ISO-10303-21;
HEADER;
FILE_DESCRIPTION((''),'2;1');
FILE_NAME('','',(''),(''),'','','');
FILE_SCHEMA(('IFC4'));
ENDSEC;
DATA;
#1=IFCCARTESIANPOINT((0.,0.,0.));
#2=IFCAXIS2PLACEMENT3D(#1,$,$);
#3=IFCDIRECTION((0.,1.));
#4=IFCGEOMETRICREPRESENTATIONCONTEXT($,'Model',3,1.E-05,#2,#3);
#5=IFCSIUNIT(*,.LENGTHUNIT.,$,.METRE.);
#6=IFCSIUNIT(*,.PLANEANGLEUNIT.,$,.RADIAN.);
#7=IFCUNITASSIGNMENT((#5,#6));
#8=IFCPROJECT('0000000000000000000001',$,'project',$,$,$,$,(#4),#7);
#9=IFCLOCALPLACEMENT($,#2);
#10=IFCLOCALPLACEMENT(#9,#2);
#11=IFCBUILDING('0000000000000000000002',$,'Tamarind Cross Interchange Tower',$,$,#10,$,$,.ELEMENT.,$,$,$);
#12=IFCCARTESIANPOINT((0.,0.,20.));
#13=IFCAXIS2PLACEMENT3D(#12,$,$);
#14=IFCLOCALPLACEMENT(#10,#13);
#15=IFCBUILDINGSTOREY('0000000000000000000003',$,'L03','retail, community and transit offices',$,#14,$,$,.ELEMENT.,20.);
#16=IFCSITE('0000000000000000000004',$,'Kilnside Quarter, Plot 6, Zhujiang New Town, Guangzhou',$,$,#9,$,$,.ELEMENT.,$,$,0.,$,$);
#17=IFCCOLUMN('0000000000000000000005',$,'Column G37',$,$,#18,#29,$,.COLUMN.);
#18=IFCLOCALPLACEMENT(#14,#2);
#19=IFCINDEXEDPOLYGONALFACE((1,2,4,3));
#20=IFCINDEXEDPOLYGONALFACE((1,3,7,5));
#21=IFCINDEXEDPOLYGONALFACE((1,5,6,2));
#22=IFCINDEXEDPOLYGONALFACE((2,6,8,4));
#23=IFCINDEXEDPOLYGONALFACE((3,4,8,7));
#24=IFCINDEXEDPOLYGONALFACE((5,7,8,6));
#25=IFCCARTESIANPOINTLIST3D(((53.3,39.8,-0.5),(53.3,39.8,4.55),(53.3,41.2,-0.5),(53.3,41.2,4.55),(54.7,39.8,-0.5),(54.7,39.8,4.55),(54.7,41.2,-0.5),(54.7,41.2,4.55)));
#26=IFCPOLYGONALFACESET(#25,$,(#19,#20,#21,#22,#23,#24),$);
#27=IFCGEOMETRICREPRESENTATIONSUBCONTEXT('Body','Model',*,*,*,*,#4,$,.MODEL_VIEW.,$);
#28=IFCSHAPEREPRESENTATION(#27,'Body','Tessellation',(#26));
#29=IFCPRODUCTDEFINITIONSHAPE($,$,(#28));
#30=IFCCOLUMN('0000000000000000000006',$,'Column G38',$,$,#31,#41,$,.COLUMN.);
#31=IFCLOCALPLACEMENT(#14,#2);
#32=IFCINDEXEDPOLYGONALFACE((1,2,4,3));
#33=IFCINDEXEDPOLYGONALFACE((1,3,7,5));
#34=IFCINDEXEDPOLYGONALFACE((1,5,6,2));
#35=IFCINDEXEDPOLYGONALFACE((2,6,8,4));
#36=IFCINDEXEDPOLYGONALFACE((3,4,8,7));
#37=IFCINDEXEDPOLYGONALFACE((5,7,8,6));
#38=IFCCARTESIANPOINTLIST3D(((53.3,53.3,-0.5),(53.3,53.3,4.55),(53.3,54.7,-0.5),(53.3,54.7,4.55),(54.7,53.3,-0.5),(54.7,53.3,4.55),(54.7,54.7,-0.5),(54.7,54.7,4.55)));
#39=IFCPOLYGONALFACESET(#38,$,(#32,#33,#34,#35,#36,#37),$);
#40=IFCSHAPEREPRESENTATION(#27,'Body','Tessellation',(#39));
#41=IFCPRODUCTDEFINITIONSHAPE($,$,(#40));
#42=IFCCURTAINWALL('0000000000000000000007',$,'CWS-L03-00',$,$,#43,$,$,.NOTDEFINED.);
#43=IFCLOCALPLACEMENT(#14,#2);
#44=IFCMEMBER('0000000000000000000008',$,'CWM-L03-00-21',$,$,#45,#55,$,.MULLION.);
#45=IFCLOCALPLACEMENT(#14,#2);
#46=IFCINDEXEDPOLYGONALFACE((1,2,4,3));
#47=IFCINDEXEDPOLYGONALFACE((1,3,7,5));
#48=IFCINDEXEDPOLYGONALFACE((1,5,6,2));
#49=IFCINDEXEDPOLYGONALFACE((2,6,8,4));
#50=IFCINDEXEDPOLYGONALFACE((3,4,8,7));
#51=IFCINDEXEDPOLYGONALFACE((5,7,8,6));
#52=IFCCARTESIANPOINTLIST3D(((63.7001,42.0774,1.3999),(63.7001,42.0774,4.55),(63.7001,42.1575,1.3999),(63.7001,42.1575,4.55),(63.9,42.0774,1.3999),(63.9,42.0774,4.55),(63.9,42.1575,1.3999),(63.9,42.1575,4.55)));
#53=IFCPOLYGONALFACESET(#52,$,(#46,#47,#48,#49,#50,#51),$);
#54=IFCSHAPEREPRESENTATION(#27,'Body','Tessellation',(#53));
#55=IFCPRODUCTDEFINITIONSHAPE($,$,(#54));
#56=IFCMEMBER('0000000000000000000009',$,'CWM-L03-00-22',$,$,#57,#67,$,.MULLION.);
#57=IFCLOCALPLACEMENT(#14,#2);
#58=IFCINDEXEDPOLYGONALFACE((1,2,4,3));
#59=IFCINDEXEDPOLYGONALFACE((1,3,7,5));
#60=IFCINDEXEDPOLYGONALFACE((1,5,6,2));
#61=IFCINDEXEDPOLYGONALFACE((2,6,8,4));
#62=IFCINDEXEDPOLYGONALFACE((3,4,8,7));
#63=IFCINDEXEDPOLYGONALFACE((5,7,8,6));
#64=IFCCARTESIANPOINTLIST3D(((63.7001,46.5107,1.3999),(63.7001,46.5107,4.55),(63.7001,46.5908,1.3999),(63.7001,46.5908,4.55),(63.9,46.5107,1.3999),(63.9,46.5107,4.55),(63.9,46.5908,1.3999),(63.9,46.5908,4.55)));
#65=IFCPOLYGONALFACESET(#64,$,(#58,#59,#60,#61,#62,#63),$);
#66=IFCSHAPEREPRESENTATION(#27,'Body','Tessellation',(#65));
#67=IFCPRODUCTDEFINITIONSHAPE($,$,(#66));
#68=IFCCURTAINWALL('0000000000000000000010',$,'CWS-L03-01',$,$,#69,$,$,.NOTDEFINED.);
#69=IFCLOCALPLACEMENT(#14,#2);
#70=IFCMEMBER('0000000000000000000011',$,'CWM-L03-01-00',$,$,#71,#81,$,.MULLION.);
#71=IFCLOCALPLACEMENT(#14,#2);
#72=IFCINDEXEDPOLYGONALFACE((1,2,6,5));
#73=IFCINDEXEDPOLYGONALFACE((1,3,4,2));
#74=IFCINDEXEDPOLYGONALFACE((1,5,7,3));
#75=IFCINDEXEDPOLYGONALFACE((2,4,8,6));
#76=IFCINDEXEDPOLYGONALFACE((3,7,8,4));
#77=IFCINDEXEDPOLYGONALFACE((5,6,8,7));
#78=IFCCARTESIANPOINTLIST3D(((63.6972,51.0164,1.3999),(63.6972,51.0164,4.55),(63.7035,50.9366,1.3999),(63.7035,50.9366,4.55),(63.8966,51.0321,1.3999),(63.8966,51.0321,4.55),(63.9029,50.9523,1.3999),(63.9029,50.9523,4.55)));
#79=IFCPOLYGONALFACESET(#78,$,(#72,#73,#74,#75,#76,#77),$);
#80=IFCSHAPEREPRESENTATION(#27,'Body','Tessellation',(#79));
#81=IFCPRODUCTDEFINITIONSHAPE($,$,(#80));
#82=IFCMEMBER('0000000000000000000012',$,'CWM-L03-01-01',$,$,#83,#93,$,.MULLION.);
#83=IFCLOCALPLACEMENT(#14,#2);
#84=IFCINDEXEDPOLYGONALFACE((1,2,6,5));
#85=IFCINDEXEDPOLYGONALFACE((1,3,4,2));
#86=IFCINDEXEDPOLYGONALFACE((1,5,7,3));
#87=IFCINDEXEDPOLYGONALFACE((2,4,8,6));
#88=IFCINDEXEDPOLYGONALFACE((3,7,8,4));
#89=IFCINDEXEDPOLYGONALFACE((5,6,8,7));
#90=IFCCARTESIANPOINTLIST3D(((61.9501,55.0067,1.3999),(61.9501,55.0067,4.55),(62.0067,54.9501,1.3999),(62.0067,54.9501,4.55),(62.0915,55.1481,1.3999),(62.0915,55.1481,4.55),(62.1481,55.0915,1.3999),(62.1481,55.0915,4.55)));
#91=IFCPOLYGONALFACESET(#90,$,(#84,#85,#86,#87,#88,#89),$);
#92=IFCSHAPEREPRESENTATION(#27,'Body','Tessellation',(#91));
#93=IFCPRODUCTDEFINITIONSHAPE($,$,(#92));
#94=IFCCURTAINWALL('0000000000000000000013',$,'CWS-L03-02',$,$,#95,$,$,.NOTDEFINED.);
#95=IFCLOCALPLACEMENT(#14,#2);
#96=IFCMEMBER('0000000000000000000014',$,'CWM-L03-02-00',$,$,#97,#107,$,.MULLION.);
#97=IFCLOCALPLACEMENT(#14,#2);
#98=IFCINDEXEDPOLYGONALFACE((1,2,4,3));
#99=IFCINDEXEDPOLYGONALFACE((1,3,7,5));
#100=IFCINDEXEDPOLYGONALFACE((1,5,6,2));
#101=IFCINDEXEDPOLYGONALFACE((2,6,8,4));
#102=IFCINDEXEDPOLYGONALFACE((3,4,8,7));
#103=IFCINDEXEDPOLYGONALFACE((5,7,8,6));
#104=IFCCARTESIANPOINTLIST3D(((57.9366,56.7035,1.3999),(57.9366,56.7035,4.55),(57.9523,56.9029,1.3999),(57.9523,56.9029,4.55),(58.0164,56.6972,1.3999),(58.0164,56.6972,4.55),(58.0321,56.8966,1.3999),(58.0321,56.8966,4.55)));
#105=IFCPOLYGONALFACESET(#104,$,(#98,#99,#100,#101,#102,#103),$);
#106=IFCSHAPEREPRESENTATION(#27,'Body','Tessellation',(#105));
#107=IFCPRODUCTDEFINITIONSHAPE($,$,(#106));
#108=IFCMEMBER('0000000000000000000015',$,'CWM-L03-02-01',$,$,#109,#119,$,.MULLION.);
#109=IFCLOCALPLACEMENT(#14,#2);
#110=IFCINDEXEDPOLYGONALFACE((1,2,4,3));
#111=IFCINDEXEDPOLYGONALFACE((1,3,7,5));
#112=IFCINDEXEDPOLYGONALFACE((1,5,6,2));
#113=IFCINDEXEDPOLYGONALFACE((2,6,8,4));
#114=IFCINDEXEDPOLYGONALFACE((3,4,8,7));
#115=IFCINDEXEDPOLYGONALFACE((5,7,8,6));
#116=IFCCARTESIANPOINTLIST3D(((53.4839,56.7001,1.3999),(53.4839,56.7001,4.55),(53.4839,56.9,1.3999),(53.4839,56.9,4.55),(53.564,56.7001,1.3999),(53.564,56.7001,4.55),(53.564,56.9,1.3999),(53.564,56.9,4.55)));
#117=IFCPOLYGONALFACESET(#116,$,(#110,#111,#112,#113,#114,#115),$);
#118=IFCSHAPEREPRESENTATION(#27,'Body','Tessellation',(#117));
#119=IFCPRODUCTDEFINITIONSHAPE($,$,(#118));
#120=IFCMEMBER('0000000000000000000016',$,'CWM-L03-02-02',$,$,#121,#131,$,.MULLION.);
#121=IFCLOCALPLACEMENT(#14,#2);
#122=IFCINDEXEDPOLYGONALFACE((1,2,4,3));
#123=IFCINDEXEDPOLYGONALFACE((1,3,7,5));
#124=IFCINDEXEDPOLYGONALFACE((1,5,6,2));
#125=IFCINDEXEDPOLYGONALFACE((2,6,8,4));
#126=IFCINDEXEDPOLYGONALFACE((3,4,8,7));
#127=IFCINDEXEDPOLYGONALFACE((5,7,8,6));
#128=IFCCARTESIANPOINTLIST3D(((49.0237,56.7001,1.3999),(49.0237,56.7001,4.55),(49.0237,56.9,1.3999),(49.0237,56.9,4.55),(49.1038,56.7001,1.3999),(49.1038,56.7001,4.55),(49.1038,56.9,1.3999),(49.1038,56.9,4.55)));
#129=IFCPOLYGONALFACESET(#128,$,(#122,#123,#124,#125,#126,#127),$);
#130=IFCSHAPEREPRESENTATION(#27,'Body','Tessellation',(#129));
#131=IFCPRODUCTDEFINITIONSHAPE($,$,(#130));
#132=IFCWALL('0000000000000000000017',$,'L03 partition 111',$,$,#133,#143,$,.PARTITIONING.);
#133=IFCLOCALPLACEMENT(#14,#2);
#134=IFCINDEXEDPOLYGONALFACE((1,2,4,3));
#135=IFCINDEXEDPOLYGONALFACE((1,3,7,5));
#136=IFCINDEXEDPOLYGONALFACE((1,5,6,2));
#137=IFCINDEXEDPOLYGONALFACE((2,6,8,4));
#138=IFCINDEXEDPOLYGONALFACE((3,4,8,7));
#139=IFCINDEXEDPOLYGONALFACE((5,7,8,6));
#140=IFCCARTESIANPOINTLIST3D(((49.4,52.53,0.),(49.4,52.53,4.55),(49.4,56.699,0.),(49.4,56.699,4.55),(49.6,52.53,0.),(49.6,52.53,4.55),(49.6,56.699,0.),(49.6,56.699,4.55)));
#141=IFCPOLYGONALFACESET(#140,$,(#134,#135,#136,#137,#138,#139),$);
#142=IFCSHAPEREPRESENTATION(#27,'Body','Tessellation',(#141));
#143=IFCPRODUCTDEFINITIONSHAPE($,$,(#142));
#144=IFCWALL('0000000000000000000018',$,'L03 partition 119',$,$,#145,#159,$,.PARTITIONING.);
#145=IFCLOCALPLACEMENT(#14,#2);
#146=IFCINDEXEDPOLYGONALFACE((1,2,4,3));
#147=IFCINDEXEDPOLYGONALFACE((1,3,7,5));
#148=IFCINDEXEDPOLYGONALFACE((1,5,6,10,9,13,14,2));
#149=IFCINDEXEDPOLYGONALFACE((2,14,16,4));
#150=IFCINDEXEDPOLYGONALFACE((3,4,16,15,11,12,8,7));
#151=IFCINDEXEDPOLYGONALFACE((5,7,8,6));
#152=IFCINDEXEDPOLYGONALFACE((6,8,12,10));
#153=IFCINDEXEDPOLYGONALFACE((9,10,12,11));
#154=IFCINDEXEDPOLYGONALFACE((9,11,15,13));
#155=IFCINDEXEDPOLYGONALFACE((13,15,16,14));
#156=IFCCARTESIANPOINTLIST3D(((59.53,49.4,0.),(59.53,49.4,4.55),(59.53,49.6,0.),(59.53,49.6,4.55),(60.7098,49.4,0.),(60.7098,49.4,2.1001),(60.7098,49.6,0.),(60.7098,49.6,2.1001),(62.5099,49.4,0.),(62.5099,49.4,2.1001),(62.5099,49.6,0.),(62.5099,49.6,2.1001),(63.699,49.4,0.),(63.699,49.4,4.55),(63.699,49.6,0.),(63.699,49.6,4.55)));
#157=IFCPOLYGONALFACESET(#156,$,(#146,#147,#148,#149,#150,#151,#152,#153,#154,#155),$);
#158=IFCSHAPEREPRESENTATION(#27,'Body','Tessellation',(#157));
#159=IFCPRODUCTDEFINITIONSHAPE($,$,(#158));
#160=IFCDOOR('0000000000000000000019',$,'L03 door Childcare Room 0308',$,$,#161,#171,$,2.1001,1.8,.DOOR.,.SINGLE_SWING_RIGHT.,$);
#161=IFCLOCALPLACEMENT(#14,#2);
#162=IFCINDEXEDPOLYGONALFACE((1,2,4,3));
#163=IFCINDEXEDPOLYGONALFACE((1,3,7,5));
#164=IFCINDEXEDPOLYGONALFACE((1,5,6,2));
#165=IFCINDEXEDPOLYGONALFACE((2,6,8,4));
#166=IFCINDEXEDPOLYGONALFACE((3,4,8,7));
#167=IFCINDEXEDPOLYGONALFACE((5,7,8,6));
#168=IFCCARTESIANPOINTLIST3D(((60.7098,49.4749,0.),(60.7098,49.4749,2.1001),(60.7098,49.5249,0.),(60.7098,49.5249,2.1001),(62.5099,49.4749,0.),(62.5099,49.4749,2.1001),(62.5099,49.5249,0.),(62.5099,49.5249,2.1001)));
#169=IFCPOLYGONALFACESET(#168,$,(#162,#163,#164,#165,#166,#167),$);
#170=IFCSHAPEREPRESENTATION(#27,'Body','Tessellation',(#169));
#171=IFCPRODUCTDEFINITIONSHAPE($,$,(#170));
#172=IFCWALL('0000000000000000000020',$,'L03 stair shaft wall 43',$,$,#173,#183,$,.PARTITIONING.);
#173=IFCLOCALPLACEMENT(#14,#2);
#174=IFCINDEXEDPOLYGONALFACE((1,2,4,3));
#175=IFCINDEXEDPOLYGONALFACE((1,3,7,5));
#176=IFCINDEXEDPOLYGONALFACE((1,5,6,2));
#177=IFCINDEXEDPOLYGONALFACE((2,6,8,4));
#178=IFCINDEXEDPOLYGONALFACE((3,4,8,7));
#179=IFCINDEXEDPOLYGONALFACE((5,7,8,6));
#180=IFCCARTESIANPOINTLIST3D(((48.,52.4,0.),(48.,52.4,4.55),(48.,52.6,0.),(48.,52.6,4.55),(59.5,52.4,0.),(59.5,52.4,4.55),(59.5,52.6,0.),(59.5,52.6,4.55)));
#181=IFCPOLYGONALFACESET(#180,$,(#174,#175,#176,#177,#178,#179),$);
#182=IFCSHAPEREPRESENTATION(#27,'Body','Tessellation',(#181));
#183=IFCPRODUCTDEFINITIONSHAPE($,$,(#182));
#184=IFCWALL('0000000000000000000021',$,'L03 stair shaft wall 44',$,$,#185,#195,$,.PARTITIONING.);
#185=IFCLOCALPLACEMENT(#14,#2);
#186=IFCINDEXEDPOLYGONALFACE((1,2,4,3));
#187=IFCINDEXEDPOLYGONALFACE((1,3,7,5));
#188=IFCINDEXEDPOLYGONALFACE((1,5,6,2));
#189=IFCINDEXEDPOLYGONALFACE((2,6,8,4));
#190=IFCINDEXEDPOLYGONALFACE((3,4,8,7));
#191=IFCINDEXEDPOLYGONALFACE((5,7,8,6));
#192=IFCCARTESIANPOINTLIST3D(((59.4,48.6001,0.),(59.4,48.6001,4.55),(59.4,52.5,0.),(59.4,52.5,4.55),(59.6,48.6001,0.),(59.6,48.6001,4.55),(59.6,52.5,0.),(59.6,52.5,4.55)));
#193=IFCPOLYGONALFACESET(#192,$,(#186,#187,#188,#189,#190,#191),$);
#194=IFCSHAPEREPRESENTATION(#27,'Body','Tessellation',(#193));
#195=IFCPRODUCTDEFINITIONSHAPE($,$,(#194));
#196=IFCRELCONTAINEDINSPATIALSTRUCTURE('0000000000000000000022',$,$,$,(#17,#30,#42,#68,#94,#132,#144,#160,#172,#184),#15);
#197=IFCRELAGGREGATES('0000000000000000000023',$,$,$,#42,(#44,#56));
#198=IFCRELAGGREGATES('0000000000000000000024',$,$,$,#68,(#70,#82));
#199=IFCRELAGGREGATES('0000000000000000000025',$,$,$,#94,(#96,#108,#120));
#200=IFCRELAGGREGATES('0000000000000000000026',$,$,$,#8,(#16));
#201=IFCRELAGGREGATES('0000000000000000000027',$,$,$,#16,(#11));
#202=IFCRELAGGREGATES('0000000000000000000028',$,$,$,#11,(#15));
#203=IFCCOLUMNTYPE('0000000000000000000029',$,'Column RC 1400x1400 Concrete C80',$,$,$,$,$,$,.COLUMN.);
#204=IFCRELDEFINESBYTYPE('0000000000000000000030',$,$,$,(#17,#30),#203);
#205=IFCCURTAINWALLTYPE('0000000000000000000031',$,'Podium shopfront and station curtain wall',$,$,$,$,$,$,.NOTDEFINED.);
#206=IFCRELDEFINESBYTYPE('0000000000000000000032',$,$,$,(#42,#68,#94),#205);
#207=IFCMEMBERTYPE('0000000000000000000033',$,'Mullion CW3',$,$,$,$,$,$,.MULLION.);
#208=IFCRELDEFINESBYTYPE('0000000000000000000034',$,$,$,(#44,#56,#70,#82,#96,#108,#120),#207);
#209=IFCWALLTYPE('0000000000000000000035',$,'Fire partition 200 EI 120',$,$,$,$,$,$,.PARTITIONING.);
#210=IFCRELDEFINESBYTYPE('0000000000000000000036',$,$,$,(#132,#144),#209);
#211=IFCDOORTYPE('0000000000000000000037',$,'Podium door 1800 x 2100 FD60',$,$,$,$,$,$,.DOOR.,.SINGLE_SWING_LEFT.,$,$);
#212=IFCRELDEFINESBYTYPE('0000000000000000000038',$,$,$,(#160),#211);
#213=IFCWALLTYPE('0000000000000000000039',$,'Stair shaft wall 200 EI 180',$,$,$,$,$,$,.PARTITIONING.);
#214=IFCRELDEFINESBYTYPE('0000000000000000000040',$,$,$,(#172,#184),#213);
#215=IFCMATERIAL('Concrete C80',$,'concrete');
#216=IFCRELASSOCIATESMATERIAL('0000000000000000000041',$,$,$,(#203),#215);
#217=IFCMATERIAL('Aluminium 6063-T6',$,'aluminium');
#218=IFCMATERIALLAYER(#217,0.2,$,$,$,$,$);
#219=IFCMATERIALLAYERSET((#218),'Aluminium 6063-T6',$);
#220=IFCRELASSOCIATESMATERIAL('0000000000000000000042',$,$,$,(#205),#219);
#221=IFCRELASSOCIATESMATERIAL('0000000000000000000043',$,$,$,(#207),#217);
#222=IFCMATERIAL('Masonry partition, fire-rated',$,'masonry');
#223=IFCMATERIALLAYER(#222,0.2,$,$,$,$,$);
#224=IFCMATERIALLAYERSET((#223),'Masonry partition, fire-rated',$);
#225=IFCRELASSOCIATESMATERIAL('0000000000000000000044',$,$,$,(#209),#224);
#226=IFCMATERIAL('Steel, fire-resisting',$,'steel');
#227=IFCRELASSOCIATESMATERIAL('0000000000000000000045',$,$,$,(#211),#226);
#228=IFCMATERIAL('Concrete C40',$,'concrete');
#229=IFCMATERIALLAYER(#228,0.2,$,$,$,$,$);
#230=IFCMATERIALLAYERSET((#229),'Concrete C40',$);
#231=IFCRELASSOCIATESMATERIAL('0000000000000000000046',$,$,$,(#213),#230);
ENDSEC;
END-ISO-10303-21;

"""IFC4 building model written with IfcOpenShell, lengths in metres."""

from ifc_helpers import new_model, si_unit, direction, frame, frame_2d, origin, origin_2d, place, context, subcontext, project, spatial, rectangle, extrude, material, layer, layer_set, material_profile, profile_set, type_object, element, fill, aggregate, save


model = new_model("IFC4")

# Units and contexts
model_context = context("Model", 3, precision=1e-05, world=origin(), true_north=direction((0.0, 1.0)))
body_context = subcontext(model_context, "Body", "Model", "MODEL_VIEW")
ifc_project = project(units=[si_unit("LENGTHUNIT", "METRE"), si_unit("PLANEANGLEUNIT", "RADIAN")], contexts=[model_context])

# Site, building, storey
site_placement = place(None, origin())
site = spatial("IfcSite", under=ifc_project, at=site_placement, Name="Kilnside Quarter, Plot 6, Zhujiang New Town, Guangzhou", CompositionType="ELEMENT", RefElevation=0.0)
building_placement = place(site_placement, origin())
building = spatial("IfcBuilding", under=site, at=building_placement, Name="Tamarind Cross Interchange Tower", CompositionType="ELEMENT")
storey_placement = place(building_placement, frame((0.0, 0.0, 20.0)))
storey = spatial("IfcBuildingStorey", under=building, at=storey_placement, Name="L03", Description="retail, community and transit offices", CompositionType="ELEMENT", Elevation=20.0)

# Columns
ifc_material_1 = material(Name="Concrete C80", Category="concrete")
ifc_material_profile_1 = material_profile(ifc_material_1, rectangle(XDim=1.3999, YDim=1.3999, at=origin_2d()), Name="RC 1400x1400")
ifc_profile_set_1 = profile_set([ifc_material_profile_1], Name="Concrete C80")
column_type = type_object("IfcColumnType", Name="Column RC 1400x1400 Concrete C80", PredefinedType="COLUMN", material=ifc_profile_set_1)
for number, where, z_axis, x_axis, name in (
    (1, (54.0, 40.5, -0.5), (0.0, 0.0, 1.0), (1.0, 0.0, 0.0), "Column G37"),
    (2, (54.0, 54.0, -0.5), (0.0, 0.0, 1.0), (1.0, 0.0, 0.0), "Column G38"),
):
    element("IfcColumn", number, at=place(storey_placement, frame(where, z_axis=z_axis, x_axis=x_axis)), inside=storey, type_object=column_type, Name=name, PredefinedType="COLUMN", context=body_context, shape_type="SweptSolid", body=[
        extrude(rectangle(XDim=1.3999, YDim=1.3999, at=origin_2d()), origin(), (0.0, 0.0, 1.0), 5.05),
    ])

# Curtain walls, members
ifc_material_2 = material(Name="Aluminium 6063-T6", Category="aluminium")
ifc_layer_1 = layer(ifc_material_2, 0.2)
ifc_layer_set_1 = layer_set([ifc_layer_1], Name="Aluminium 6063-T6")
curtain_wall_type = type_object("IfcCurtainWallType", Name="Podium shopfront and station curtain wall", PredefinedType="NOTDEFINED", material=ifc_layer_set_1)
curtain_wall_1_placement = place(storey_placement, origin())
curtain_wall_1 = element("IfcCurtainWall", 3, at=curtain_wall_1_placement, inside=storey, type_object=curtain_wall_type, Name="CWS-L03-00", PredefinedType="NOTDEFINED")
ifc_material_profile_2 = material_profile(ifc_material_2, rectangle(XDim=0.0801, YDim=0.2, at=origin_2d()), Name="Mullion CW3")
ifc_profile_set_2 = profile_set([ifc_material_profile_2], Name="Aluminium 6063-T6")
member_type = type_object("IfcMemberType", Name="Mullion CW3", PredefinedType="MULLION", material=ifc_profile_set_2)
member_1_placement = place(storey_placement, frame((63.8, 42.1174, 1.3999), z_axis=(0.0, 0.0, 1.0), x_axis=(0.0, 1.0, 0.0)))
member_1 = element("IfcMember", 4, at=member_1_placement, type_object=member_type, Name="CWM-L03-00-21", PredefinedType="MULLION", context=body_context, shape_type="SweptSolid", body=[
    extrude(rectangle(XDim=0.0801, YDim=0.2, at=origin_2d()), origin(), (0.0, 0.0, 1.0), 3.1501),
])
member_2_placement = place(storey_placement, frame((63.8, 46.5508, 1.3999), z_axis=(0.0, 0.0, 1.0), x_axis=(0.0, 1.0, 0.0)))
member_2 = element("IfcMember", 5, at=member_2_placement, type_object=member_type, Name="CWM-L03-00-22", PredefinedType="MULLION", context=body_context, shape_type="SweptSolid", body=[
    extrude(rectangle(XDim=0.0801, YDim=0.2, at=origin_2d()), origin(), (0.0, 0.0, 1.0), 3.1501),
])
aggregate(curtain_wall_1, [member_1, member_2])
curtain_wall_2_placement = place(storey_placement, origin())
curtain_wall_2 = element("IfcCurtainWall", 6, at=curtain_wall_2_placement, inside=storey, type_object=curtain_wall_type, Name="CWS-L03-01", PredefinedType="NOTDEFINED")
member_3_placement = place(storey_placement, frame((63.8, 50.9844, 1.3999), z_axis=(0.0, 0.0, 1.0), x_axis=(-0.078459, 0.996917, 0.0)))
member_3 = element("IfcMember", 7, at=member_3_placement, type_object=member_type, Name="CWM-L03-01-00", PredefinedType="MULLION", context=body_context, shape_type="SweptSolid", body=[
    extrude(rectangle(XDim=0.0801, YDim=0.2, at=origin_2d()), origin(), (0.0, 0.0, 1.0), 3.1501),
])
member_4_placement = place(storey_placement, frame((62.0491, 55.0491, 1.3999), z_axis=(0.0, 0.0, 1.0), x_axis=(-0.707107, 0.707107, 0.0)))
member_4 = element("IfcMember", 8, at=member_4_placement, type_object=member_type, Name="CWM-L03-01-01", PredefinedType="MULLION", context=body_context, shape_type="SweptSolid", body=[
    extrude(rectangle(XDim=0.0801, YDim=0.2, at=origin_2d()), origin(), (0.0, 0.0, 1.0), 3.1501),
])
aggregate(curtain_wall_2, [member_3, member_4])
curtain_wall_3_placement = place(storey_placement, origin())
curtain_wall_3 = element("IfcCurtainWall", 9, at=curtain_wall_3_placement, inside=storey, type_object=curtain_wall_type, Name="CWS-L03-02", PredefinedType="NOTDEFINED")
member_5_placement = place(storey_placement, frame((57.9844, 56.8, 1.3999), z_axis=(0.0, 0.0, 1.0), x_axis=(-0.996917, 0.078459, 0.0)))
member_5 = element("IfcMember", 10, at=member_5_placement, type_object=member_type, Name="CWM-L03-02-00", PredefinedType="MULLION", context=body_context, shape_type="SweptSolid", body=[
    extrude(rectangle(XDim=0.0801, YDim=0.2, at=origin_2d()), origin(), (0.0, 0.0, 1.0), 3.1501),
])
member_6_placement = place(storey_placement, frame((53.5239, 56.8, 1.3999), z_axis=(0.0, 0.0, 1.0), x_axis=(-1.0, 0.0, 0.0)))
member_6 = element("IfcMember", 11, at=member_6_placement, type_object=member_type, Name="CWM-L03-02-01", PredefinedType="MULLION", context=body_context, shape_type="SweptSolid", body=[
    extrude(rectangle(XDim=0.0801, YDim=0.2, at=origin_2d()), origin(), (0.0, 0.0, 1.0), 3.1501),
])
member_7_placement = place(storey_placement, frame((49.0637, 56.8, 1.3999), z_axis=(0.0, 0.0, 1.0), x_axis=(-1.0, 0.0, 0.0)))
member_7 = element("IfcMember", 12, at=member_7_placement, type_object=member_type, Name="CWM-L03-02-02", PredefinedType="MULLION", context=body_context, shape_type="SweptSolid", body=[
    extrude(rectangle(XDim=0.0801, YDim=0.2, at=origin_2d()), origin(), (0.0, 0.0, 1.0), 3.1501),
])
aggregate(curtain_wall_3, [member_5, member_6, member_7])

# Wall
ifc_material_3 = material(Name="Masonry partition, fire-rated", Category="masonry")
ifc_layer_2 = layer(ifc_material_3, 0.2)
ifc_layer_set_2 = layer_set([ifc_layer_2], Name="Masonry partition, fire-rated")
wall_type_1 = type_object("IfcWallType", Name="Fire partition 200 EI 120", PredefinedType="PARTITIONING", material=ifc_layer_set_2)
wall_1_placement = place(storey_placement, frame((49.5, 52.53, 0.0), z_axis=(0.0, 0.0, 1.0), x_axis=(0.0, 1.0, 0.0)))
element("IfcWall", 13, at=wall_1_placement, inside=storey, type_object=wall_type_1, Name="L03 partition 111", PredefinedType="PARTITIONING", context=body_context, shape_type="SweptSolid", body=[
    extrude(rectangle(XDim=4.1689, YDim=0.2, at=frame_2d((2.0845, 0.0))), origin(), (0.0, 0.0, 1.0), 4.55),
])

# Wall, opening, door
wall_2_placement = place(storey_placement, frame((59.53, 49.5, 0.0), z_axis=(0.0, 0.0, 1.0), x_axis=(1.0, 0.0, 0.0)))
wall_2 = element("IfcWall", 14, at=wall_2_placement, inside=storey, type_object=wall_type_1, Name="L03 partition 119", PredefinedType="PARTITIONING", context=body_context, shape_type="SweptSolid", body=[
    extrude(rectangle(XDim=4.1689, YDim=0.2, at=frame_2d((2.0845, 0.0))), origin(), (0.0, 0.0, 1.0), 4.55),
])
opening_1_placement = place(wall_2_placement, frame((1.1799, 0.0, 0.0)))
opening_1 = element("IfcOpeningElement", 15, at=opening_1_placement, cuts=wall_2, PredefinedType="OPENING", context=body_context, shape_type="SweptSolid", body=[
    extrude(rectangle(XDim=1.8, YDim=2.1001, at=frame_2d((0.8999, 1.05))), frame((0.0, 0.1099, 0.0), z_axis=(0.0, -1.0, 0.0), x_axis=(1.0, 0.0, 0.0)), (0.0, 0.0, 1.0), 0.22),
])
ifc_material_4 = material(Name="Steel, fire-resisting", Category="steel")
door_type_1 = type_object("IfcDoorType", Name="Podium door 1800 x 2100 FD60", OperationType="SINGLE_SWING_LEFT", PredefinedType="DOOR", material=ifc_material_4)
door_1_placement = place(opening_1_placement, origin())
door_1 = element("IfcDoor", 16, at=door_1_placement, inside=storey, type_object=door_type_1, Name="L03 door Childcare Room 0308", OperationType="SINGLE_SWING_RIGHT", OverallHeight=2.1001, OverallWidth=1.8, PredefinedType="DOOR", context=body_context, shape_type="SweptSolid", body=[
    extrude(rectangle(XDim=1.8, YDim=2.1001, at=frame_2d((0.8999, 1.05))), frame((0.0, 0.0249, 0.0), z_axis=(0.0, -1.0, 0.0), x_axis=(1.0, 0.0, 0.0)), (0.0, 0.0, 1.0), 0.05),
])
fill(opening_1, door_1)

# Walls
ifc_material_5 = material(Name="Concrete C40", Category="concrete")
ifc_layer_3 = layer(ifc_material_5, 0.2)
ifc_layer_set_3 = layer_set([ifc_layer_3], Name="Concrete C40")
wall_type_2 = type_object("IfcWallType", Name="Stair shaft wall 200 EI 180", PredefinedType="PARTITIONING", material=ifc_layer_set_3)
wall_3_placement = place(storey_placement, frame((48.0, 52.5, 0.0), z_axis=(0.0, 0.0, 1.0), x_axis=(1.0, 0.0, 0.0)))
element("IfcWall", 17, at=wall_3_placement, inside=storey, type_object=wall_type_2, Name="L03 stair shaft wall 43", PredefinedType="PARTITIONING", context=body_context, shape_type="SweptSolid", body=[
    extrude(rectangle(XDim=11.5, YDim=0.2, at=frame_2d((5.75, 0.0))), origin(), (0.0, 0.0, 1.0), 4.55),
])
wall_4_placement = place(storey_placement, frame((59.5, 48.6001, 0.0), z_axis=(0.0, 0.0, 1.0), x_axis=(0.0, 1.0, 0.0)))
element("IfcWall", 18, at=wall_4_placement, inside=storey, type_object=wall_type_2, Name="L03 stair shaft wall 44", PredefinedType="PARTITIONING", context=body_context, shape_type="SweptSolid", body=[
    extrude(rectangle(XDim=3.8999, YDim=0.2, at=frame_2d((1.95, 0.0))), origin(), (0.0, 0.0, 1.0), 4.55),
])

save(model, "model.ifc")
